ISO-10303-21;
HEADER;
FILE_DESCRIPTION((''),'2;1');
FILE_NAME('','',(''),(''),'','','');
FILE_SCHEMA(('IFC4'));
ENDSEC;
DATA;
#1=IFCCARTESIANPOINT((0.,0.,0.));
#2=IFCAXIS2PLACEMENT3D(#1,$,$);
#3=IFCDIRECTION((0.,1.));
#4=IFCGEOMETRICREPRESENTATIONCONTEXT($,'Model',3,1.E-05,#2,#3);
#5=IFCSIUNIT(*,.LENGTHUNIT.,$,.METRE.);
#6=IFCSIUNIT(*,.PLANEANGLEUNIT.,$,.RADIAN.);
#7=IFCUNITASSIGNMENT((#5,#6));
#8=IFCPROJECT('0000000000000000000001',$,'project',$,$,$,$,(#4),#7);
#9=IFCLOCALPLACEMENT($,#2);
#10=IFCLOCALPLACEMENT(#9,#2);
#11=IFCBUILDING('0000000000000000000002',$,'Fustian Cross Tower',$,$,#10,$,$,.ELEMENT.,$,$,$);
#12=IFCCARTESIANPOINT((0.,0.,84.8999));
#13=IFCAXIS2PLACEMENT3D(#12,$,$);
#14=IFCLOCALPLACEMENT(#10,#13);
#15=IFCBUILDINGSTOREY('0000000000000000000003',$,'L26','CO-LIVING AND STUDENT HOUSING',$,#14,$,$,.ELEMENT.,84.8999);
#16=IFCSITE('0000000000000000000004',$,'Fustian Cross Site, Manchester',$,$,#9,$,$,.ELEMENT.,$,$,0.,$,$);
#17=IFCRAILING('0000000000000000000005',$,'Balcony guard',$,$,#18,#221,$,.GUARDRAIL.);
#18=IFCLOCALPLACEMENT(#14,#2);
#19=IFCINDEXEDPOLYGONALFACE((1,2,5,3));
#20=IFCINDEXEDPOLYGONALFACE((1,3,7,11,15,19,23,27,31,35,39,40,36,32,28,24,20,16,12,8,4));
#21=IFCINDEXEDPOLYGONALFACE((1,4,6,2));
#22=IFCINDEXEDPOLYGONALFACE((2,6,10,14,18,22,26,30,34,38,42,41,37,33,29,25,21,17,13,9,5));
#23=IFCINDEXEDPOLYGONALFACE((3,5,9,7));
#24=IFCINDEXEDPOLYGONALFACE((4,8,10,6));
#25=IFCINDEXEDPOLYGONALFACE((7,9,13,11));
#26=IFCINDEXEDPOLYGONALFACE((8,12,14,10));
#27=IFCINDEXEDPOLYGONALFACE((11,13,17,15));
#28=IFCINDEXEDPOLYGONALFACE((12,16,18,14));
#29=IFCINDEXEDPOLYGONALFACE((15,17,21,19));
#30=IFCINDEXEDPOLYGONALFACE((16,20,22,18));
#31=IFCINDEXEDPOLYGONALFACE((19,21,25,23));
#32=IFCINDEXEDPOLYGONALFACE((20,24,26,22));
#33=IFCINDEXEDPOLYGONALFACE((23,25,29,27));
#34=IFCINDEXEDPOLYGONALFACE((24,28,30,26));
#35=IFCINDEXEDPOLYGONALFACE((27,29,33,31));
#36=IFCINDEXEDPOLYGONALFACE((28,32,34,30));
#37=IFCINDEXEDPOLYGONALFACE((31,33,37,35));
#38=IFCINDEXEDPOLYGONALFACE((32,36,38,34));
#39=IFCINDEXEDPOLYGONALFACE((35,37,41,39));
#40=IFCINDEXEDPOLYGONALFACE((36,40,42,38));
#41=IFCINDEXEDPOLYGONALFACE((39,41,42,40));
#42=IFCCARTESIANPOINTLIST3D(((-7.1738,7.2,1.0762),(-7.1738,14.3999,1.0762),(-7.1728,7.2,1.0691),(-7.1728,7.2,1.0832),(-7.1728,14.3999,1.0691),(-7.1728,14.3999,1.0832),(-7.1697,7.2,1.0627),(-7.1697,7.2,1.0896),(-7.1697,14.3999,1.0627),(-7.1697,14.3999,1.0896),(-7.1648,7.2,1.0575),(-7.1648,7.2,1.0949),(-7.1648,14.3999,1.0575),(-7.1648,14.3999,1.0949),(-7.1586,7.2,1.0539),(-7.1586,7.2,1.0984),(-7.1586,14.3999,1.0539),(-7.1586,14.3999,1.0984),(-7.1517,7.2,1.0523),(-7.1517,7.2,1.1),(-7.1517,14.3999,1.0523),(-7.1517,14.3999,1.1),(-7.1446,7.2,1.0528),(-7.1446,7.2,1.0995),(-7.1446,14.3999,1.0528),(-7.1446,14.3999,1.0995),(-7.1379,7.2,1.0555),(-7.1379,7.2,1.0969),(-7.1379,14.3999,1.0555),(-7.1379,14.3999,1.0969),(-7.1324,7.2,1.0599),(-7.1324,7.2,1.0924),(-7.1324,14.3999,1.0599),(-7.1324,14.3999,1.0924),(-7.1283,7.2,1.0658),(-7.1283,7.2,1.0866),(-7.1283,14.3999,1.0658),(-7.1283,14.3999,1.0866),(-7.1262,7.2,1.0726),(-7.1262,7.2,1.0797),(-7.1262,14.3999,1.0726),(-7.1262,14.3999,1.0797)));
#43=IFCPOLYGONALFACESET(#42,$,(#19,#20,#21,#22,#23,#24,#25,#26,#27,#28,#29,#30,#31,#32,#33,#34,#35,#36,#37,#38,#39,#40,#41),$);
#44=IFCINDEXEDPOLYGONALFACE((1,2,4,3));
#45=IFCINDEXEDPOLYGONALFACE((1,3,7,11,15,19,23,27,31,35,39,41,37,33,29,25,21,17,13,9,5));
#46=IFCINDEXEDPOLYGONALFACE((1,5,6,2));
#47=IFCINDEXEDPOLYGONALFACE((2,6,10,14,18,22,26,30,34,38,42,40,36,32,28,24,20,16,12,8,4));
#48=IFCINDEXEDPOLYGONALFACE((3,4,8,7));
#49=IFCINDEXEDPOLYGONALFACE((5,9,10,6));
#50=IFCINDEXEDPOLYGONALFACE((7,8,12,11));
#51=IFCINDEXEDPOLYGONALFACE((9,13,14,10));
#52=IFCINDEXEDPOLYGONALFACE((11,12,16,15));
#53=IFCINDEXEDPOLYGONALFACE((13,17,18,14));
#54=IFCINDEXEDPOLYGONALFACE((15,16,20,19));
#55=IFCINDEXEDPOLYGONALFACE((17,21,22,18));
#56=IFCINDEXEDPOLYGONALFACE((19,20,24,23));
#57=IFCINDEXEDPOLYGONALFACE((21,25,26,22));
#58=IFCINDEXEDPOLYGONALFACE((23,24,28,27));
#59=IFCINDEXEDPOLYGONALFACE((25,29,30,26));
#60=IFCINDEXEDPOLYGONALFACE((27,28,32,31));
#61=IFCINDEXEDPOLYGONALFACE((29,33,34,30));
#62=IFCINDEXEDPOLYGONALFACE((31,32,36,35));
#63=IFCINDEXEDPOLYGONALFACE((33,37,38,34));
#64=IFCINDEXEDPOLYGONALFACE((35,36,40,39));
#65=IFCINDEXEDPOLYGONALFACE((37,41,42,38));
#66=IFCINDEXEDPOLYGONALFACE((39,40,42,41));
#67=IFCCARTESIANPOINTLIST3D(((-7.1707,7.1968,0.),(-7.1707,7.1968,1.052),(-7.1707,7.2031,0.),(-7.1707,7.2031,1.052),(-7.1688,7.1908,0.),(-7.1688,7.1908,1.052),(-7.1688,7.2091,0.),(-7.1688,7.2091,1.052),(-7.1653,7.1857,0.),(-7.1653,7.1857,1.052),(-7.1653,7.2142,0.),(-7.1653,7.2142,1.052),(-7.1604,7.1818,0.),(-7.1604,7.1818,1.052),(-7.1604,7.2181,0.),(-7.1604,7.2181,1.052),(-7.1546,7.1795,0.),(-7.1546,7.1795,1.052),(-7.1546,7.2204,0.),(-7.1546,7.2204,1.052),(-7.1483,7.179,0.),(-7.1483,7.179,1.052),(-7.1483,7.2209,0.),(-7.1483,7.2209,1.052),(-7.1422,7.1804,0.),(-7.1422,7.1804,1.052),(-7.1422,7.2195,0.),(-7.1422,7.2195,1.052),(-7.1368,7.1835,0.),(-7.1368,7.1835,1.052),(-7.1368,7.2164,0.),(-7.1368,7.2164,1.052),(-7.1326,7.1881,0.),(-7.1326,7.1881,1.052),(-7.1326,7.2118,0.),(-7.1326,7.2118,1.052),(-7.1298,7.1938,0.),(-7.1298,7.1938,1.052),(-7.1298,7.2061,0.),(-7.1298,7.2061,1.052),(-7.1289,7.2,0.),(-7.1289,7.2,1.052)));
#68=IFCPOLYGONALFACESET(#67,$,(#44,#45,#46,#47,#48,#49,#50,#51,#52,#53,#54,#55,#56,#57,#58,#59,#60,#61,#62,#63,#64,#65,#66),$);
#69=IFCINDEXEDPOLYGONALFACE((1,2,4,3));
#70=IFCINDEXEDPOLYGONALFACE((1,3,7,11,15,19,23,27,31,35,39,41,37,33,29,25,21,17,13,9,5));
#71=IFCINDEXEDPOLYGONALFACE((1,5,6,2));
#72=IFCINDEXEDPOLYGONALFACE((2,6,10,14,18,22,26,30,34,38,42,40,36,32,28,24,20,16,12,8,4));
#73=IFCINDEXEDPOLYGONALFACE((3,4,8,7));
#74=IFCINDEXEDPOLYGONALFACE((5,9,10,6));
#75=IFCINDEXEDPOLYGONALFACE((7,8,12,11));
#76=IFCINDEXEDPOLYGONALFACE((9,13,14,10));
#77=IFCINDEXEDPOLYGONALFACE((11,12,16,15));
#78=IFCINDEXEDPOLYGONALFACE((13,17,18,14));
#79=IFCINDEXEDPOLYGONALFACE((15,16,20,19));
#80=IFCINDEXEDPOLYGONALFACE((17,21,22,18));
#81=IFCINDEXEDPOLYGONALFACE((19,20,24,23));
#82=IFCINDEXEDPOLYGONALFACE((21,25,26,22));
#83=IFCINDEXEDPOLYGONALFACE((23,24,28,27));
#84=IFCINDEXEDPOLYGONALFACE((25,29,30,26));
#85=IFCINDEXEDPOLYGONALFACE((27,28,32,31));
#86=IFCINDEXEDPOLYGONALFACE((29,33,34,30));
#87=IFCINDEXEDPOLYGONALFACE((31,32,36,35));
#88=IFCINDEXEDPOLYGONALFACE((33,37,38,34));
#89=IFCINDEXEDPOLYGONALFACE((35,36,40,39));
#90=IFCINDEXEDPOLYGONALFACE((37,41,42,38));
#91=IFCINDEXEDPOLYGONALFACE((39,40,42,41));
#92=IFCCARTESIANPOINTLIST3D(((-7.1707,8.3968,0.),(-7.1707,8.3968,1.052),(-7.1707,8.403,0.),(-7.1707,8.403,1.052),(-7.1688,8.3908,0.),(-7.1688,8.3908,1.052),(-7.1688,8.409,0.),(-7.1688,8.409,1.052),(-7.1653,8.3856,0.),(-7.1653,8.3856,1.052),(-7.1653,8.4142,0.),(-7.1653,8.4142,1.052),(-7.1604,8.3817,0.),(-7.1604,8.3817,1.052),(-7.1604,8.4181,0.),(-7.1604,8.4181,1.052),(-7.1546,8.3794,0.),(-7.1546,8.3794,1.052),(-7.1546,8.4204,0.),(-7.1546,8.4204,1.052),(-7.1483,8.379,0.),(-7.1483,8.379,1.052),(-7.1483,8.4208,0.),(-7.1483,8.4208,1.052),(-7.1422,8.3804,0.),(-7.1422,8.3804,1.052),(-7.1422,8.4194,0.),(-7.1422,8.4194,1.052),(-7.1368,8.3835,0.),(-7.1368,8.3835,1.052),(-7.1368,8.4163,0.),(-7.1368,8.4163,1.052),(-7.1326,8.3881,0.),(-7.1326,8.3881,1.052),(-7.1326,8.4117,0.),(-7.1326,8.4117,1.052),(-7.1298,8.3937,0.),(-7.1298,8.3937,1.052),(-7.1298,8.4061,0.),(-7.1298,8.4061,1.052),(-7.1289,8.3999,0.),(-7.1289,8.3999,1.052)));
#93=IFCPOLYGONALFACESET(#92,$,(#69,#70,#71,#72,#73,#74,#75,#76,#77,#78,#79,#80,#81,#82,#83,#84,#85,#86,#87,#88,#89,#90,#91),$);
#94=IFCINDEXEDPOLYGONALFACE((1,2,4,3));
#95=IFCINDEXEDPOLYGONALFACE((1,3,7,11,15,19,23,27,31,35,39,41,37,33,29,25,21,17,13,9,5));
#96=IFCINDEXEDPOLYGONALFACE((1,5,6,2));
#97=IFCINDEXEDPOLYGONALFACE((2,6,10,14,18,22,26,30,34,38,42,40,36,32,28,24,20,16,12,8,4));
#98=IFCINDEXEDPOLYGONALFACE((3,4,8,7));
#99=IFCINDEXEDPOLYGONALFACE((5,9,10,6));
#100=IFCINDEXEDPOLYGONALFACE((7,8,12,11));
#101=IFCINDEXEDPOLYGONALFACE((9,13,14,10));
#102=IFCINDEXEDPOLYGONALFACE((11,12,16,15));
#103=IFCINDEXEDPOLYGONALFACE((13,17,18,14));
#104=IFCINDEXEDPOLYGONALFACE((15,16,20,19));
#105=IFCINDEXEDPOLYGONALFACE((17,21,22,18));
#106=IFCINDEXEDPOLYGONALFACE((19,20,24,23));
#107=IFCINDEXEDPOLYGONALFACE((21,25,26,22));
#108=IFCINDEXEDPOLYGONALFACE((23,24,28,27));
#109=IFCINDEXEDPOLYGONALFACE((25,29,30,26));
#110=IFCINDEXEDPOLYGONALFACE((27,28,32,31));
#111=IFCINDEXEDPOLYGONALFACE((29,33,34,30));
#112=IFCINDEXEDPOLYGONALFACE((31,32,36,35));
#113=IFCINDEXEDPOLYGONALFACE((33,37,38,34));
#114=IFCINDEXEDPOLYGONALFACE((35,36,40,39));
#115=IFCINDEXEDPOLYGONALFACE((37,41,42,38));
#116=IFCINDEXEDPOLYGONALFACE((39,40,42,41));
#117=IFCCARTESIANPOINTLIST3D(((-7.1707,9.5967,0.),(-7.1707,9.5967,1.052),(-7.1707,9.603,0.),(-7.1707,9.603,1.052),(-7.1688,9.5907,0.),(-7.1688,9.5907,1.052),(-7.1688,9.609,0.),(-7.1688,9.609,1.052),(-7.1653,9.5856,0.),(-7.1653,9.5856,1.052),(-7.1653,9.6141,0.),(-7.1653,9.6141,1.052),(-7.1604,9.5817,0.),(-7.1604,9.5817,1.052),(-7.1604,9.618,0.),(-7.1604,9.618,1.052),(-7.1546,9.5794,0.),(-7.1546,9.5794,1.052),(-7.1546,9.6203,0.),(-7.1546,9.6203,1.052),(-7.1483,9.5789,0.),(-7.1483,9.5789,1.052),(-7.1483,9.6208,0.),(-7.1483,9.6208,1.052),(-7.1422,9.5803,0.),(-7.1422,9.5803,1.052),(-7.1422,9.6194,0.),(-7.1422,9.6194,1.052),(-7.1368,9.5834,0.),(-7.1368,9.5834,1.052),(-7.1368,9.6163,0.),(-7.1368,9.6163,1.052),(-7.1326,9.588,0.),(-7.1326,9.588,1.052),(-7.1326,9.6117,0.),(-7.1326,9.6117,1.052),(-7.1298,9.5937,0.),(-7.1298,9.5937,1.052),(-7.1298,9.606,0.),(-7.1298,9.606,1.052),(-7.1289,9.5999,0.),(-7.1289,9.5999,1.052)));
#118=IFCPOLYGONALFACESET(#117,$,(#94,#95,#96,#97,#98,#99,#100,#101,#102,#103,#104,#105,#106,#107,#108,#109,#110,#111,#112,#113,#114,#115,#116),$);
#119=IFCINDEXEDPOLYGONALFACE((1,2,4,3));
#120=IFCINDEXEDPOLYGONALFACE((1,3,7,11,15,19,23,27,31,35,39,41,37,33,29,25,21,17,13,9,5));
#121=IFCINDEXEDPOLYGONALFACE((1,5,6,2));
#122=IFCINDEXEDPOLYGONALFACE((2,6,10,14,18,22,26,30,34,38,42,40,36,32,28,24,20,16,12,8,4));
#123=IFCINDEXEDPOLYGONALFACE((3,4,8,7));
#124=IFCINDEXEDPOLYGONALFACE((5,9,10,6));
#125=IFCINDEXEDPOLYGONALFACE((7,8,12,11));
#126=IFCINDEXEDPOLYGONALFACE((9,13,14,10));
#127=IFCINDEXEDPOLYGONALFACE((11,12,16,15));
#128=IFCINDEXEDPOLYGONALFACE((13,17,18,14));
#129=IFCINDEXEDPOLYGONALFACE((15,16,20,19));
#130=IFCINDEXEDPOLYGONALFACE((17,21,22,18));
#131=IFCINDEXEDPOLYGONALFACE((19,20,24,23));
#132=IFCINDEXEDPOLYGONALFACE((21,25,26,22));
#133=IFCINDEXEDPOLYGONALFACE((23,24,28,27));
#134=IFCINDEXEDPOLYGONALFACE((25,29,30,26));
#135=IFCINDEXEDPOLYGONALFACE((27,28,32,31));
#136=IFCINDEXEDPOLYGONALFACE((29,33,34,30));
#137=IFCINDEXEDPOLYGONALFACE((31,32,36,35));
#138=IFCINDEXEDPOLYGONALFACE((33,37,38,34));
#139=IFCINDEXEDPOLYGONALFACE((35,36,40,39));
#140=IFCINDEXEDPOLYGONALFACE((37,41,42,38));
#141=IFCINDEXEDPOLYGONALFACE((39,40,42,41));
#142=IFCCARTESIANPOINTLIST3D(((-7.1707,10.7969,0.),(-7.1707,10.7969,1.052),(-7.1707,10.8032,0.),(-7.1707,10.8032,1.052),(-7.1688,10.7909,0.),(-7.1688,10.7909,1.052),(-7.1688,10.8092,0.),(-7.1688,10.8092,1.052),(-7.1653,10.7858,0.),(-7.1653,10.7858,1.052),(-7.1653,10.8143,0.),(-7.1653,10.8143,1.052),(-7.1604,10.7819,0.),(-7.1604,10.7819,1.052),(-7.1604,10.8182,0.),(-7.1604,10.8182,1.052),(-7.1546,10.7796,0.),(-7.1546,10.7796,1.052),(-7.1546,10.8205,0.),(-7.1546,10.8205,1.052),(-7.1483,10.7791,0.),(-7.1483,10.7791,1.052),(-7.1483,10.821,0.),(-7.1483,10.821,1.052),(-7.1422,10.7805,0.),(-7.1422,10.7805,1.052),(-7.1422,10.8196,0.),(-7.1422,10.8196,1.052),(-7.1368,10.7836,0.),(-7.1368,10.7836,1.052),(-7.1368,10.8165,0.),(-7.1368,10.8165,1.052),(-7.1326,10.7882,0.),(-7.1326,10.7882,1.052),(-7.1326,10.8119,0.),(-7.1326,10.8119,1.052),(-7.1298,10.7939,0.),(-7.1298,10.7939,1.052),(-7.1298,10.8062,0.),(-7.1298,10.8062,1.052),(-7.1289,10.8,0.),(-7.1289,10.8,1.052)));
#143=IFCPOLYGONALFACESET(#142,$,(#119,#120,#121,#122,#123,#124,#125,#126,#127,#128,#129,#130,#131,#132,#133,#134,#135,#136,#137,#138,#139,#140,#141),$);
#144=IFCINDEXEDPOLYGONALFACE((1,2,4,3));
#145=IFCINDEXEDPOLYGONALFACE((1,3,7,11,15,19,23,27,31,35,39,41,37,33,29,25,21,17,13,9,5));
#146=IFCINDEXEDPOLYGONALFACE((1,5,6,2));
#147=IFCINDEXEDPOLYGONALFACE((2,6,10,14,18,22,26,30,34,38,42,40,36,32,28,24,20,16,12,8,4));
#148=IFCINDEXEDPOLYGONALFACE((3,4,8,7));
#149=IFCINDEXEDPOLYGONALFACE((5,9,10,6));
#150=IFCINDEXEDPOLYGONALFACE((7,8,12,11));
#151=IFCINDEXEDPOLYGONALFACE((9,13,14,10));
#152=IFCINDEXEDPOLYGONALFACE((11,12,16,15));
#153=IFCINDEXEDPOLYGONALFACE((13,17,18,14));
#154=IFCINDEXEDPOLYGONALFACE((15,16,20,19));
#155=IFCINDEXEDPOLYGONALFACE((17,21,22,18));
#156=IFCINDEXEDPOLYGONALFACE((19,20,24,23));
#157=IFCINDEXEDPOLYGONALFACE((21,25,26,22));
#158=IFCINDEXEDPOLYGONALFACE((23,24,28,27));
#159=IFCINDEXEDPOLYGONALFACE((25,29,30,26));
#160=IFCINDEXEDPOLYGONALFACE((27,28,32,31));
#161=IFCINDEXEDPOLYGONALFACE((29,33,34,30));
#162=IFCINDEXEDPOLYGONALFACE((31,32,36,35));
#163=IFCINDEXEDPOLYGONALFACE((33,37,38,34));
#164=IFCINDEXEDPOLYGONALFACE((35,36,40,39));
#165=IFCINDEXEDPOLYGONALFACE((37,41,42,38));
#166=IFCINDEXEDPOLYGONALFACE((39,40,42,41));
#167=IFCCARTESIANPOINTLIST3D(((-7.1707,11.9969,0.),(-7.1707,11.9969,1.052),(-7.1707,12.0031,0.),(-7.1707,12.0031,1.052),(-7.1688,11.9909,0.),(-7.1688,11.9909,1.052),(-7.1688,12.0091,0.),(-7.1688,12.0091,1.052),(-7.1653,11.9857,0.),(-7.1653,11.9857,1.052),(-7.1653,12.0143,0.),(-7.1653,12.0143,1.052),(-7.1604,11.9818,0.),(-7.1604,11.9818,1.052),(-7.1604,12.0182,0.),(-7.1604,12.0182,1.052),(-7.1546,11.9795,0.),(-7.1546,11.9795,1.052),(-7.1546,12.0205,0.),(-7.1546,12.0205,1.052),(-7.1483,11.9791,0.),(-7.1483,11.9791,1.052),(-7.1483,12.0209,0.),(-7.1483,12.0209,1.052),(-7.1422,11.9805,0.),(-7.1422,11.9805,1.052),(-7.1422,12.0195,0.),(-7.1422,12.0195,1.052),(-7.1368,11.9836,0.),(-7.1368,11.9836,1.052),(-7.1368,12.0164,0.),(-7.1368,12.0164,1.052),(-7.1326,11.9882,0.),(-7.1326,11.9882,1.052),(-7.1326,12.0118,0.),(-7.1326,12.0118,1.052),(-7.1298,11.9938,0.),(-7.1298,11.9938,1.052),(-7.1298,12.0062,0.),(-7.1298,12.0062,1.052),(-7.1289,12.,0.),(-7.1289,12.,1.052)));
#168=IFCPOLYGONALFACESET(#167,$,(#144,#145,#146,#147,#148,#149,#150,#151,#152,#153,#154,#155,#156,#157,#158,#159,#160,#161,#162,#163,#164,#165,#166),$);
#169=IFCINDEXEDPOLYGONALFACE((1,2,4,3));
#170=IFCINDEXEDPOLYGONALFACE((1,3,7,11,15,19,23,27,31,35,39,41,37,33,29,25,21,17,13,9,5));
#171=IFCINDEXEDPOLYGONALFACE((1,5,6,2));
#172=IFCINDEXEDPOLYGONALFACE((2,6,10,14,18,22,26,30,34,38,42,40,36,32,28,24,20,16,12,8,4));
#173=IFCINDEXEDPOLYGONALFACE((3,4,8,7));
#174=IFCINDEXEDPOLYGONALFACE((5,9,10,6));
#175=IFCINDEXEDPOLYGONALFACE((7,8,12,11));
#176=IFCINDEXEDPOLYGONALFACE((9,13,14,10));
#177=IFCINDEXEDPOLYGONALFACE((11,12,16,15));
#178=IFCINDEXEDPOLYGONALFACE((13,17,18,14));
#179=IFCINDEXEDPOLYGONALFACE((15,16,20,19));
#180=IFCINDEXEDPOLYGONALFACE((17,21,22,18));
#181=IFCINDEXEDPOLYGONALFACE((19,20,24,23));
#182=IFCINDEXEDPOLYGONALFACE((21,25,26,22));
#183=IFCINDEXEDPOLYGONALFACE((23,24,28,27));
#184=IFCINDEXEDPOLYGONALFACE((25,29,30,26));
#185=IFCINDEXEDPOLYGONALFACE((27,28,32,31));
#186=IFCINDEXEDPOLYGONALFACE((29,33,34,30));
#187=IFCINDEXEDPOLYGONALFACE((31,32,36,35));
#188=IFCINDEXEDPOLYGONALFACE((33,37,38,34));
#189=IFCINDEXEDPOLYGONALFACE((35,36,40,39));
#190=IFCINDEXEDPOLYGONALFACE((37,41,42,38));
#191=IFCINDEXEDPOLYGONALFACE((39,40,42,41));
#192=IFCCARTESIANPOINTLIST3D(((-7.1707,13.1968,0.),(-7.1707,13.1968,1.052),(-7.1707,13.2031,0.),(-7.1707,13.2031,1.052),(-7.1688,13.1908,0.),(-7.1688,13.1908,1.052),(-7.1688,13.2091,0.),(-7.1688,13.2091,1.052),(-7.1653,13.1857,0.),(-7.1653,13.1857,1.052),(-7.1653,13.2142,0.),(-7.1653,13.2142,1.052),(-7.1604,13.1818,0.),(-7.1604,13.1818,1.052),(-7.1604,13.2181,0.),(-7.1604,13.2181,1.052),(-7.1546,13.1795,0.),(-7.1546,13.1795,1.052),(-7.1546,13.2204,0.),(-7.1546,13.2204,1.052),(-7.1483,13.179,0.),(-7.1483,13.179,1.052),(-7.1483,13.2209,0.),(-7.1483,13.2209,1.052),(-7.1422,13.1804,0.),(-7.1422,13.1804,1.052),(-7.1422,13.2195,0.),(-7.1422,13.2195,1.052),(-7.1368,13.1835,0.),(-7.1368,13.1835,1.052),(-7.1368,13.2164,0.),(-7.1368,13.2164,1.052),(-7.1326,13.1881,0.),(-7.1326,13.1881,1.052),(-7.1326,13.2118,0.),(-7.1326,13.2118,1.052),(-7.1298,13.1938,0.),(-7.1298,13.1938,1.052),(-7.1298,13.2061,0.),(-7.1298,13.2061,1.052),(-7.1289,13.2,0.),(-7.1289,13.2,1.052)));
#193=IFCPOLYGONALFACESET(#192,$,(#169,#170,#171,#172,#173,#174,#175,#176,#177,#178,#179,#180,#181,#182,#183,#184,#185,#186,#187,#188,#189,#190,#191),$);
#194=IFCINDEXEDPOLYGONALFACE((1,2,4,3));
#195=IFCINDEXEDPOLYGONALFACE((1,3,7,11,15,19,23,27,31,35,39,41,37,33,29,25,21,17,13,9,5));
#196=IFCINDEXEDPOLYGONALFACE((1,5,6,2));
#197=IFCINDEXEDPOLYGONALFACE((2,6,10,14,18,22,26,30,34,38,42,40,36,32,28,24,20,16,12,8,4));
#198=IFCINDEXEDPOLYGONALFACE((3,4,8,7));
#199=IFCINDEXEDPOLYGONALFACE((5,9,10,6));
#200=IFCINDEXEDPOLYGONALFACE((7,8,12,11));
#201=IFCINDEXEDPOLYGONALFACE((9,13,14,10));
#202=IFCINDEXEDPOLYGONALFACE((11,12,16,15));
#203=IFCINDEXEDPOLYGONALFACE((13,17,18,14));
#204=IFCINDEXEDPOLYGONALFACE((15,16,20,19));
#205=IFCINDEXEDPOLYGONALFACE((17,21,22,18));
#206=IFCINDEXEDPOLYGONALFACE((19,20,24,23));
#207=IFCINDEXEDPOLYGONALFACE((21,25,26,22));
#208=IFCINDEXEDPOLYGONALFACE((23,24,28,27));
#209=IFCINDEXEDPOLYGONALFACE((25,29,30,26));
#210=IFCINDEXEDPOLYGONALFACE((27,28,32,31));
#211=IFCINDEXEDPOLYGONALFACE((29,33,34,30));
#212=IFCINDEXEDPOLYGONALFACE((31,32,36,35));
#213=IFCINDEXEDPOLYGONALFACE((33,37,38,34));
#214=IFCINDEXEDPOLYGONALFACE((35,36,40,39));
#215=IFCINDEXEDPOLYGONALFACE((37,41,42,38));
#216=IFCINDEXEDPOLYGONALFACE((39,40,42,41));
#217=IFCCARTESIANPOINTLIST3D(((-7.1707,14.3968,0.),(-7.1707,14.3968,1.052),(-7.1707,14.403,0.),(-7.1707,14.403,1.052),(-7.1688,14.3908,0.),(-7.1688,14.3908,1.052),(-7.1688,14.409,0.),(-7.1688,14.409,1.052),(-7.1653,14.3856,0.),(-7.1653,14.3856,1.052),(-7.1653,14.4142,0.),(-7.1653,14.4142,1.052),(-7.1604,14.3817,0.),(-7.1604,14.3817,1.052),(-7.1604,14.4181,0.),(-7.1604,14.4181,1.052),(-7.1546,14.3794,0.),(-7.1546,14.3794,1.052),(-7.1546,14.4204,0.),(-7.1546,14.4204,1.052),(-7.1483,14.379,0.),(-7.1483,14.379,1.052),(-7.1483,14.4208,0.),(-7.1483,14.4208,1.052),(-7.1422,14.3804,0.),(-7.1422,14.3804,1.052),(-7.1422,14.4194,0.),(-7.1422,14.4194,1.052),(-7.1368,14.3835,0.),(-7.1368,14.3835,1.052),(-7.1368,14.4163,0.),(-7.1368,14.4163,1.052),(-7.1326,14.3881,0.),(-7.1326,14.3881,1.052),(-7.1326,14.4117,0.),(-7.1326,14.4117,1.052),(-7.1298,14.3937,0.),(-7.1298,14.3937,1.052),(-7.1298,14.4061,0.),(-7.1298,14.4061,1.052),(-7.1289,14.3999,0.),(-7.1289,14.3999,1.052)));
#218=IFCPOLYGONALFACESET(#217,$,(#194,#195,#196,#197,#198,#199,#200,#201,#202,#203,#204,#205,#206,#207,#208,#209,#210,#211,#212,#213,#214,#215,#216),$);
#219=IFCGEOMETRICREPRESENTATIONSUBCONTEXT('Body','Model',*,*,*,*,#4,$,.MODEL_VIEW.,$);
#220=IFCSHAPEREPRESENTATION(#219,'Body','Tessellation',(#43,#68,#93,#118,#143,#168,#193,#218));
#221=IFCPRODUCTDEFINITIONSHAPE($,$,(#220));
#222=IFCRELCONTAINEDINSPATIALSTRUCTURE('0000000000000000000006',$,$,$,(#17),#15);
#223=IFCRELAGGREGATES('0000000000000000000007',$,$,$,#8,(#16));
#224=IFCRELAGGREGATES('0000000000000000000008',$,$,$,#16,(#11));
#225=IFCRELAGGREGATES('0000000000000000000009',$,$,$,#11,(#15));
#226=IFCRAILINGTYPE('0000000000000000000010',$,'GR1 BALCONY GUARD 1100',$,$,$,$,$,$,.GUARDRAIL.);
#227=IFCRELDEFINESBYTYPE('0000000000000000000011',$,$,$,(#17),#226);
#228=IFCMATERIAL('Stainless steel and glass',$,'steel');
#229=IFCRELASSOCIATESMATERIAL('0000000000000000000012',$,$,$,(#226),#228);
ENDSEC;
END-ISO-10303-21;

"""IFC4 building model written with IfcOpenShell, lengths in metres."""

from ifc_helpers import new_model, si_unit, direction, frame, origin, origin_2d, place, context, subcontext, project, spatial, circle, extrude, material, type_object, element, save


model = new_model("IFC4")

# Units and contexts
model_context = context("Model", 3, precision=1e-05, world=origin(), true_north=direction((0.0, 1.0)))
body_context = subcontext(model_context, "Body", "Model", "MODEL_VIEW")
ifc_project = project(units=[si_unit("LENGTHUNIT", "METRE"), si_unit("PLANEANGLEUNIT", "RADIAN")], contexts=[model_context])

# Site, building, storey
site_placement = place(None, origin())
site = spatial("IfcSite", under=ifc_project, at=site_placement, Name="Fustian Cross Site, Manchester", CompositionType="ELEMENT", RefElevation=0.0)
building_placement = place(site_placement, origin())
building = spatial("IfcBuilding", under=site, at=building_placement, Name="Fustian Cross Tower", CompositionType="ELEMENT")
storey_placement = place(building_placement, frame((0.0, 0.0, 84.8999)))
storey = spatial("IfcBuildingStorey", under=building, at=storey_placement, Name="L26", Description="CO-LIVING AND STUDENT HOUSING", CompositionType="ELEMENT", Elevation=84.8999)

# Railing
ifc_material_1 = material(Name="Stainless steel and glass", Category="steel")
railing_type = type_object("IfcRailingType", Name="GR1 BALCONY GUARD 1100", PredefinedType="GUARDRAIL", material=ifc_material_1)
railing_placement = place(storey_placement, frame((-7.1499, 7.2, 0.0)))
element("IfcRailing", 1, at=railing_placement, inside=storey, type_object=railing_type, Name="Balcony guard", PredefinedType="GUARDRAIL", context=body_context, shape_type="SweptSolid", body=[
    extrude(circle(Radius=0.0239, at=origin_2d()), frame((0.0, 0.0, 1.0762), z_axis=(0.0, 1.0, 0.0), x_axis=(-1.0, 0.0, 0.0)), (0.0, 0.0, 1.0), 7.2),
    extrude(circle(Radius=0.021, at=origin_2d()), origin(), (0.0, 0.0, 1.0), 1.052),
    extrude(circle(Radius=0.021, at=origin_2d()), frame((0.0, 1.2, 0.0)), (0.0, 0.0, 1.0), 1.052),
    extrude(circle(Radius=0.021, at=origin_2d()), frame((0.0, 2.3999, 0.0)), (0.0, 0.0, 1.0), 1.052),
    extrude(circle(Radius=0.021, at=origin_2d()), frame((0.0, 3.6001, 0.0)), (0.0, 0.0, 1.0), 1.052),
    extrude(circle(Radius=0.021, at=origin_2d()), frame((0.0, 4.8, 0.0)), (0.0, 0.0, 1.0), 1.052),
    extrude(circle(Radius=0.021, at=origin_2d()), frame((0.0, 6.0, 0.0)), (0.0, 0.0, 1.0), 1.052),
    extrude(circle(Radius=0.021, at=origin_2d()), frame((0.0, 7.2, 0.0)), (0.0, 0.0, 1.0), 1.052),
])

save(model, "model.ifc")
